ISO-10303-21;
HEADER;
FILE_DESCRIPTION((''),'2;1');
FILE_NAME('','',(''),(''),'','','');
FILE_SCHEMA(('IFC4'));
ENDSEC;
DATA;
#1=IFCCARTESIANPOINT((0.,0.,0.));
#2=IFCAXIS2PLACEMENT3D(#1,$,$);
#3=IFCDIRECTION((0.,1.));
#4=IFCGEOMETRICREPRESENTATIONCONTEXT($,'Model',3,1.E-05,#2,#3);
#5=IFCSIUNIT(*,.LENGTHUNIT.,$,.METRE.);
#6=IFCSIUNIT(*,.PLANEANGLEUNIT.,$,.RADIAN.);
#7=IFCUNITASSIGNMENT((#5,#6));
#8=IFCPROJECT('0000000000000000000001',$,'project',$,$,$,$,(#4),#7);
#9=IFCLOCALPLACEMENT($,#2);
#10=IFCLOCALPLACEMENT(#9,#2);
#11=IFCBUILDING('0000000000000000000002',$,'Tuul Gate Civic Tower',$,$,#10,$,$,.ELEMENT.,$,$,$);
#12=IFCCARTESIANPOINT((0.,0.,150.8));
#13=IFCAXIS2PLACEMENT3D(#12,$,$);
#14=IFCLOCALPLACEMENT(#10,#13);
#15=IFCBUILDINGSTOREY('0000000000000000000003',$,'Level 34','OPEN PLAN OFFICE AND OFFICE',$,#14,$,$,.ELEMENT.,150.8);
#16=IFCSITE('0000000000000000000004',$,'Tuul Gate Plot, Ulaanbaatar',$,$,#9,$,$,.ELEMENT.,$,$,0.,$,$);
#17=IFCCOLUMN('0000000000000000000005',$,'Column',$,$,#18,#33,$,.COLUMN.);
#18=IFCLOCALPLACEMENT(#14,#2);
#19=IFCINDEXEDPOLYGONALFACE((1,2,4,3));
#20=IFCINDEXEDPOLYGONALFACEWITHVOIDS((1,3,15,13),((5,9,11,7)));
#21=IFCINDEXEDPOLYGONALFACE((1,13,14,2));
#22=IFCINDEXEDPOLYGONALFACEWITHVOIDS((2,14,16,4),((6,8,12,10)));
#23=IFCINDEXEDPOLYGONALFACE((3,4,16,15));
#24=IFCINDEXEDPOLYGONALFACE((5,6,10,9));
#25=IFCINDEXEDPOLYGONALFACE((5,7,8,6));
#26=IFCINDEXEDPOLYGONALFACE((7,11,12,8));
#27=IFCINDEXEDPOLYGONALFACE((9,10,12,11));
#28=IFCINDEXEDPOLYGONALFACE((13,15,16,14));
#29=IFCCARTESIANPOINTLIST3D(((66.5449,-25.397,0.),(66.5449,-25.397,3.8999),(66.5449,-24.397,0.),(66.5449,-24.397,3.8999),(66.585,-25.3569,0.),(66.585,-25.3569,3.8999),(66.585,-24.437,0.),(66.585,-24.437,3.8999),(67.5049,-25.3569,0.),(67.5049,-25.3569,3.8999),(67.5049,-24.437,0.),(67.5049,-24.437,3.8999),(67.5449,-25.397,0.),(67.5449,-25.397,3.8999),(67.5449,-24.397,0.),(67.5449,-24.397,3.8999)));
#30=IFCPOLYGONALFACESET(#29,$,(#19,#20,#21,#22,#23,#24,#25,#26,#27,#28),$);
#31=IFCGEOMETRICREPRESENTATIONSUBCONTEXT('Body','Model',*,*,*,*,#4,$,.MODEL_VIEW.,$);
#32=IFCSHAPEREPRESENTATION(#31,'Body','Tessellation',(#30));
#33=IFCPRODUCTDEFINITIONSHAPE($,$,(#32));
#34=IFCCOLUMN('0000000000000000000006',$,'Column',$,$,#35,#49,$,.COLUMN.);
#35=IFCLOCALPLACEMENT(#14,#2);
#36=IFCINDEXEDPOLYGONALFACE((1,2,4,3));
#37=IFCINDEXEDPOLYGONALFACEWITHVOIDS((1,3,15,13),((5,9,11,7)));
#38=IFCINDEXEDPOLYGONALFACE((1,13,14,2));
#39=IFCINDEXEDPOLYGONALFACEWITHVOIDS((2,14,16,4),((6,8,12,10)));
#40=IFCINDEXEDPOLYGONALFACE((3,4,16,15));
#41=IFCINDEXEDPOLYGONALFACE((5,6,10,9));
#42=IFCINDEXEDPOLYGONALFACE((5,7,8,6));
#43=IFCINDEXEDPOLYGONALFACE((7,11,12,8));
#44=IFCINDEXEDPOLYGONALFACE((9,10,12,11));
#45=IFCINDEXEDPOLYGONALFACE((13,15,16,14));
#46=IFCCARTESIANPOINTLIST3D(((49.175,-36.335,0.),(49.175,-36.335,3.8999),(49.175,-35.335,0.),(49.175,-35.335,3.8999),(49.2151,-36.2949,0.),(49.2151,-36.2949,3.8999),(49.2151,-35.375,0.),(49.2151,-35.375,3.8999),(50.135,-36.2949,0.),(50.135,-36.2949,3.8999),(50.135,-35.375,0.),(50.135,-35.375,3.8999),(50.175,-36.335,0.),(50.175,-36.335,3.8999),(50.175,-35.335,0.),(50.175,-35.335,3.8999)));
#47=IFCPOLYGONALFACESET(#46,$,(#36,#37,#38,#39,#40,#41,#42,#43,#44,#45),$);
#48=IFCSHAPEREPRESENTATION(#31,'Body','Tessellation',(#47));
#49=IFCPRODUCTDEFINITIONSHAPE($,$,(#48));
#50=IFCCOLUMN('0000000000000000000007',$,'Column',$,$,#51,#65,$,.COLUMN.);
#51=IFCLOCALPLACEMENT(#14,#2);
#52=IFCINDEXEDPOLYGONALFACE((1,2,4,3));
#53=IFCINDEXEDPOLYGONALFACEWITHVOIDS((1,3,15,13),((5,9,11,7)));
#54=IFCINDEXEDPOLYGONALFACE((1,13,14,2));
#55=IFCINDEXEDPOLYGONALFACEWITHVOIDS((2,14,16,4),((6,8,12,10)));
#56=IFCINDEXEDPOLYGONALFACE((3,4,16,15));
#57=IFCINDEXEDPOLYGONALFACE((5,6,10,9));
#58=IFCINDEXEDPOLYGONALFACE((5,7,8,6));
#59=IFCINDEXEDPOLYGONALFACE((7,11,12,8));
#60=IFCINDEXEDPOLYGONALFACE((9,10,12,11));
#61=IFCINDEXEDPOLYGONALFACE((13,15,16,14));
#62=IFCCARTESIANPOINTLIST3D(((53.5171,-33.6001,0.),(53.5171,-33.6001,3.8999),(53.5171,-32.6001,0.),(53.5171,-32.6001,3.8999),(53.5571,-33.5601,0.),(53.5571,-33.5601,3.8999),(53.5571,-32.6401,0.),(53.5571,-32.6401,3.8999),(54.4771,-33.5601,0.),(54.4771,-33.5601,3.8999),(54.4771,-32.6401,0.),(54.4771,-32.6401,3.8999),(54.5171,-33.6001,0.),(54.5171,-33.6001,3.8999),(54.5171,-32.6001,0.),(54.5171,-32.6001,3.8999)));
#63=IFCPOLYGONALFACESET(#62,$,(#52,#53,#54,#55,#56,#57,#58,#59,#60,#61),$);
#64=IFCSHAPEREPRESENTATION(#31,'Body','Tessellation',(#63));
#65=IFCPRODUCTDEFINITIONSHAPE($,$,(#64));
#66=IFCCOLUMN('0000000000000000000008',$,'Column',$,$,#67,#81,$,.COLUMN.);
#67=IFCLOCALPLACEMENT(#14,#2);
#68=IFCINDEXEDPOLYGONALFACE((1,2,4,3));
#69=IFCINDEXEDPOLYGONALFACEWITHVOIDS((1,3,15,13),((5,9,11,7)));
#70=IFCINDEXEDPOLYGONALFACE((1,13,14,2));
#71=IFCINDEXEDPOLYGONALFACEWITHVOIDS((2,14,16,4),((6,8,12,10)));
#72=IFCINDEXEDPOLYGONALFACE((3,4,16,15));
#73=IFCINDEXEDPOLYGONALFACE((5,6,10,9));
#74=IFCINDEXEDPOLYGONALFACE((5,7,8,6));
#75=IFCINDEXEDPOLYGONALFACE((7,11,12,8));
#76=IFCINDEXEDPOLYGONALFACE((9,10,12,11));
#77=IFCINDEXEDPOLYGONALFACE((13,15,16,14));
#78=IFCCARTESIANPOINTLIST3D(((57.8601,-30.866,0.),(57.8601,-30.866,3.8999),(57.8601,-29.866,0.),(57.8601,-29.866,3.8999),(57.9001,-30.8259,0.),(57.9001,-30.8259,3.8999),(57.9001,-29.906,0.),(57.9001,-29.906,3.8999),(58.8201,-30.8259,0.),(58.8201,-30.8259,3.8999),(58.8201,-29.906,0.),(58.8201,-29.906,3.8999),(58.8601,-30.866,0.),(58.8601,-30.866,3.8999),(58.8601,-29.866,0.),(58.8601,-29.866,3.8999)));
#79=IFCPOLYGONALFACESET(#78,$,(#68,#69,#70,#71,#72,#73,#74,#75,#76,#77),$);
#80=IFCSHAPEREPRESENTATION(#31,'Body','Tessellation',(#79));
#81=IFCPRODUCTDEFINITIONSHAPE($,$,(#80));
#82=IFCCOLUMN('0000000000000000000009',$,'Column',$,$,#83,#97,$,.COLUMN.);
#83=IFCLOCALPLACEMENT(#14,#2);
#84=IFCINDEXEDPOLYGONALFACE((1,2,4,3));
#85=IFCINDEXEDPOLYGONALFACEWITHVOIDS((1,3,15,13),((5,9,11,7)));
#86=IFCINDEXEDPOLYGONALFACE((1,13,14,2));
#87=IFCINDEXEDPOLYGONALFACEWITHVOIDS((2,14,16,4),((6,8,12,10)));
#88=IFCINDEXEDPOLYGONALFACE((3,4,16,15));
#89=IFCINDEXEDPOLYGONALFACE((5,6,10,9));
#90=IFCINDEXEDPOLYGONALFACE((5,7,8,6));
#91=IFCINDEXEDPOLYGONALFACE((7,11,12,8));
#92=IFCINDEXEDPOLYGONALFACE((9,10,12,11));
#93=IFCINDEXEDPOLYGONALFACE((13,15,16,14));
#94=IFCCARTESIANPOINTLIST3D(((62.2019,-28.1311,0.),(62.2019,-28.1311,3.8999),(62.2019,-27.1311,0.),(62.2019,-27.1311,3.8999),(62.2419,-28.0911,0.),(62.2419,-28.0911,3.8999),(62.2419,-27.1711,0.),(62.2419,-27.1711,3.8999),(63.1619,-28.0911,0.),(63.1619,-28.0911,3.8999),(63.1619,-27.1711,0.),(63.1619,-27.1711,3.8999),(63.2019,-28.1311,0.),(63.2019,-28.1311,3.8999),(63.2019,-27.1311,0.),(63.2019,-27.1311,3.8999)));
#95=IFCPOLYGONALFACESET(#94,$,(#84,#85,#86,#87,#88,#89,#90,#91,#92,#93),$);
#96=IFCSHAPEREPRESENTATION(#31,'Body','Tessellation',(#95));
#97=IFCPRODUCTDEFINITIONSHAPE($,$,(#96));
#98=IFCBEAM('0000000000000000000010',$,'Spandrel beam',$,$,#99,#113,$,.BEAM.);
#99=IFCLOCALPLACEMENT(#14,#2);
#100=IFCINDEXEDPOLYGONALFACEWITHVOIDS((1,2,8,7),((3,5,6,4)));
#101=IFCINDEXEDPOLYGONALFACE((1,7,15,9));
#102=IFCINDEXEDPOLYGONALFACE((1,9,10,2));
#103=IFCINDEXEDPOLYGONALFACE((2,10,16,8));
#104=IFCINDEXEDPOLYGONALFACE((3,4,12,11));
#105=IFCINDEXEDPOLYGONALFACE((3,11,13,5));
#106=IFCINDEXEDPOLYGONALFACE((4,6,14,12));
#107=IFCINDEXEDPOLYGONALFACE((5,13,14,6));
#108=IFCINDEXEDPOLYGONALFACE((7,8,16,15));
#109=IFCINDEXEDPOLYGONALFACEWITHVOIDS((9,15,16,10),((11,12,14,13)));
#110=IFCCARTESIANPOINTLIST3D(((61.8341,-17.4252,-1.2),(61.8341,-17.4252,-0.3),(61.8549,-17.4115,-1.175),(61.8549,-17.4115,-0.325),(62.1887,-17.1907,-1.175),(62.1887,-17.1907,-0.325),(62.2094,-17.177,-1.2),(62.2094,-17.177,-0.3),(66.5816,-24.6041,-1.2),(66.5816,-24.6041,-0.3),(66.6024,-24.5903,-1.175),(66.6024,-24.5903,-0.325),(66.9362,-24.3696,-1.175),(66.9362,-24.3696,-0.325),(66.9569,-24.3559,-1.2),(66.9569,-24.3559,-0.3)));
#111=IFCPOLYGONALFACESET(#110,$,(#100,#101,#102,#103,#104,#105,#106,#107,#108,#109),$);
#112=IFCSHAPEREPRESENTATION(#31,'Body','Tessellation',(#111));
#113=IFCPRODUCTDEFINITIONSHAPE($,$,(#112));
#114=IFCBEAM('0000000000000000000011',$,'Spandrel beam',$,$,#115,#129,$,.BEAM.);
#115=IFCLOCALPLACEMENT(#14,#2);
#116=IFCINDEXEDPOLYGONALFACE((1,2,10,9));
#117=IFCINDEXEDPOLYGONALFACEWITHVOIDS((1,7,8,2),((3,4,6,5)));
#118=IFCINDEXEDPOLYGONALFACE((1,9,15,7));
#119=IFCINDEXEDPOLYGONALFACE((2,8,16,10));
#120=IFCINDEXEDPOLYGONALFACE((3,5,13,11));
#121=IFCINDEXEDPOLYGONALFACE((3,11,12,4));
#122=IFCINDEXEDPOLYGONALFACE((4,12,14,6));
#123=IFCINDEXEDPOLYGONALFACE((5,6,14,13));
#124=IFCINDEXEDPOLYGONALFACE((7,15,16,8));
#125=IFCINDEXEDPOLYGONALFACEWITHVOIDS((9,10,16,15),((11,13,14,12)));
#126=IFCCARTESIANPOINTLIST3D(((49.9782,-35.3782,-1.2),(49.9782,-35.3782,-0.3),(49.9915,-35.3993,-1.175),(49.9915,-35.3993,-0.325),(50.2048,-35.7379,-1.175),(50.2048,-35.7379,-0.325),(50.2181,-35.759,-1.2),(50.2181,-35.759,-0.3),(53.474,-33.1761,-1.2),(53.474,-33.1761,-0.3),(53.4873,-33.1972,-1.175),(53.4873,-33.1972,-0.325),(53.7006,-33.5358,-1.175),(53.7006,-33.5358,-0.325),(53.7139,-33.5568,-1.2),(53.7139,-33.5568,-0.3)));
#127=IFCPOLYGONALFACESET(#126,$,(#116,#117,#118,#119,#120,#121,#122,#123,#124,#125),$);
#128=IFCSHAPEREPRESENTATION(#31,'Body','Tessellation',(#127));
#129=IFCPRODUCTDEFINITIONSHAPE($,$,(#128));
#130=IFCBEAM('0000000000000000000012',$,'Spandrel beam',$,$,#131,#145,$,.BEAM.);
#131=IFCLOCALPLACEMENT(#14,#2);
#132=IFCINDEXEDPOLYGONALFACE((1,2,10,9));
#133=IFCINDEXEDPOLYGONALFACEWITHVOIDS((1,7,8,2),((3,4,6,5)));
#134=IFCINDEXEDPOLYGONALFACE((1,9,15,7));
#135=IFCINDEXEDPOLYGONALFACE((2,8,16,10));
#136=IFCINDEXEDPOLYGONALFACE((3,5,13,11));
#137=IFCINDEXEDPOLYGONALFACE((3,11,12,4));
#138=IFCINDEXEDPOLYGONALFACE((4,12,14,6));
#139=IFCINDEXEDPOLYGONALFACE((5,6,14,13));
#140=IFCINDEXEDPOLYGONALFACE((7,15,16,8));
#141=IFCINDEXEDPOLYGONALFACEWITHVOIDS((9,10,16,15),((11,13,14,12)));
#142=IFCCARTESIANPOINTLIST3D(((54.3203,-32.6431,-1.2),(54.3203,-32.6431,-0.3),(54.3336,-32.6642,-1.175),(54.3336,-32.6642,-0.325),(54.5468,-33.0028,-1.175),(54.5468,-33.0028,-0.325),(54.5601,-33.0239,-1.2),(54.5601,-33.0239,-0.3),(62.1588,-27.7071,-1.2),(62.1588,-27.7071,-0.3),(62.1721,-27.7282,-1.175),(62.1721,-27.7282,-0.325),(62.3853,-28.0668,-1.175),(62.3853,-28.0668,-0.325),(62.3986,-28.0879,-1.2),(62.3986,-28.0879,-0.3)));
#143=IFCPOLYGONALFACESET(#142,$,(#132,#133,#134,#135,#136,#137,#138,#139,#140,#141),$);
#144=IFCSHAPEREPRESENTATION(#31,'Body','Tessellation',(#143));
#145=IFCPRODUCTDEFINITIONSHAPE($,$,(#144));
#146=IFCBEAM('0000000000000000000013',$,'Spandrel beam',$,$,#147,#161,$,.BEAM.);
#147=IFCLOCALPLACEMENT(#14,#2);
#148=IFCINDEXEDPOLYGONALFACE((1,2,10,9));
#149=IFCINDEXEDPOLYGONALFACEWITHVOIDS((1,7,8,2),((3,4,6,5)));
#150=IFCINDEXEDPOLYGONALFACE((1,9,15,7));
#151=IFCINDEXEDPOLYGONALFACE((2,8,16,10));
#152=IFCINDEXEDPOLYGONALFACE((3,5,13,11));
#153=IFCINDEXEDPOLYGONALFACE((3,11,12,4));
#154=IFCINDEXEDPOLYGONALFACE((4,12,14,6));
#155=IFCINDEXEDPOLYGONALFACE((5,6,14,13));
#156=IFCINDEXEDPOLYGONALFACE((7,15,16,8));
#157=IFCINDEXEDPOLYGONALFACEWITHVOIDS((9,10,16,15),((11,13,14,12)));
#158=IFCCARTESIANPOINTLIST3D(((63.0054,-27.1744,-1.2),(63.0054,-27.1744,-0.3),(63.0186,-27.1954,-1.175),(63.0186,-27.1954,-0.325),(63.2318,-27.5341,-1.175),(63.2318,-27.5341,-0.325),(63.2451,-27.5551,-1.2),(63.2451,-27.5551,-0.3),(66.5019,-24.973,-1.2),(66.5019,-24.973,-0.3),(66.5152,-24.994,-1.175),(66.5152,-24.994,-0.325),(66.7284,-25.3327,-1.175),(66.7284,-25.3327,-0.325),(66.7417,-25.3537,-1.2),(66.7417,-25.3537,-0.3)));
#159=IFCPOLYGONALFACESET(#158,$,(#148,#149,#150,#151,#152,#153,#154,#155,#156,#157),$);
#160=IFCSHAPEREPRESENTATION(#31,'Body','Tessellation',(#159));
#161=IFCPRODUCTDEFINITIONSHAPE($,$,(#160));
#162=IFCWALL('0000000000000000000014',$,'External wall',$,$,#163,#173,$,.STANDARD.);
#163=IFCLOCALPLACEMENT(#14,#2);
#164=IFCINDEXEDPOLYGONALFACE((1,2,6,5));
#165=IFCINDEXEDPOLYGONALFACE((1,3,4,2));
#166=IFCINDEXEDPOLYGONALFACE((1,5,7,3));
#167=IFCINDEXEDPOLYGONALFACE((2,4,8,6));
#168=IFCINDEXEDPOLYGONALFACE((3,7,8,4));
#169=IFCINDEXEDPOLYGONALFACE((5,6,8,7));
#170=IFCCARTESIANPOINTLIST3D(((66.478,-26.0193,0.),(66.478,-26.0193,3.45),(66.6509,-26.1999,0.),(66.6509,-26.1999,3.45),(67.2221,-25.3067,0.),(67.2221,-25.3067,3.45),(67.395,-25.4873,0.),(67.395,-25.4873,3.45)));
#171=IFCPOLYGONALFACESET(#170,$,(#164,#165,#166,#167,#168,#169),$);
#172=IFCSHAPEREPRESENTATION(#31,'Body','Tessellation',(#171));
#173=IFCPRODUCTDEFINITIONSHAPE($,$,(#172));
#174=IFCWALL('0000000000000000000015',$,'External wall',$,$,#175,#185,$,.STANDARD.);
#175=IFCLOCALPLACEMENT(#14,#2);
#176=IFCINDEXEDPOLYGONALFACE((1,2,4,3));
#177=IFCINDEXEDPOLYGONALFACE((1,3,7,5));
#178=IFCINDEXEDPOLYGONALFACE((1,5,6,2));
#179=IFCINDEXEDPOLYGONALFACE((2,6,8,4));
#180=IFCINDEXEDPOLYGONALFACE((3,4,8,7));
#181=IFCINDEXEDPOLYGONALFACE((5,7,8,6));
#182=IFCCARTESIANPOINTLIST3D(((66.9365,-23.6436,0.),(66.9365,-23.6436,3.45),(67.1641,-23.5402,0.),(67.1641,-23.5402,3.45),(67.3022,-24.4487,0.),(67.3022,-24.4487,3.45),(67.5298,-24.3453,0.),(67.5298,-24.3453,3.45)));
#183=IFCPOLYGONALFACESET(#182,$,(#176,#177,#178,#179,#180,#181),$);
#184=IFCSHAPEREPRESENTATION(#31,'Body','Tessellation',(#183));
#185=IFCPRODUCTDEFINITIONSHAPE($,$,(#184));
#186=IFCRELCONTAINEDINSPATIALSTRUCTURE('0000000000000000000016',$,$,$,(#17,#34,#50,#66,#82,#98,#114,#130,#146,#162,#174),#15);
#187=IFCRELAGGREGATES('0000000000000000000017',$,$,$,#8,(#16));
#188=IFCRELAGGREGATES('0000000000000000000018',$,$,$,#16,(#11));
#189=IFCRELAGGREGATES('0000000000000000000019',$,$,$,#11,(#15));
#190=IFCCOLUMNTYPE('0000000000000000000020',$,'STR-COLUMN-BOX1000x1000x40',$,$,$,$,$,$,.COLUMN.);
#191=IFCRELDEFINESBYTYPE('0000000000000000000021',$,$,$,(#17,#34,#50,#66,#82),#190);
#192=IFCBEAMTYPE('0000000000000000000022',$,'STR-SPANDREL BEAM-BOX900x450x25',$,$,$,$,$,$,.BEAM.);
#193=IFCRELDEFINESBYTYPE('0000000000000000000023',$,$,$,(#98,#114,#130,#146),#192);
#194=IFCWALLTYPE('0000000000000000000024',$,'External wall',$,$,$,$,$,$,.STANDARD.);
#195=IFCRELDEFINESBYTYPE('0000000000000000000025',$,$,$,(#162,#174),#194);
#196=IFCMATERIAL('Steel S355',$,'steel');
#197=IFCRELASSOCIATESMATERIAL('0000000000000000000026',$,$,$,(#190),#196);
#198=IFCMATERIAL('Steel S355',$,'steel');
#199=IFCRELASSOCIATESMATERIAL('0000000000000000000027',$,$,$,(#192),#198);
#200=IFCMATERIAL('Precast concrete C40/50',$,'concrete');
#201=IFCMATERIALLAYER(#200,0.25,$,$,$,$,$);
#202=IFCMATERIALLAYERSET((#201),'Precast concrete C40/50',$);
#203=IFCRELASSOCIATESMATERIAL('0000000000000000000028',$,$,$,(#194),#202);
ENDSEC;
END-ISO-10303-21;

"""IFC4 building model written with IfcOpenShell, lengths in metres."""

from ifc_helpers import new_model, si_unit, direction, frame, frame_2d, origin, origin_2d, place, context, subcontext, project, spatial, rectangle, hollow_rectangle, extrude, material, layer, layer_set, material_profile, profile_set, type_object, element, save


model = new_model("IFC4")

# Units and contexts
model_context = context("Model", 3, precision=1e-05, world=origin(), true_north=direction((0.0, 1.0)))
body_context = subcontext(model_context, "Body", "Model", "MODEL_VIEW")
ifc_project = project(units=[si_unit("LENGTHUNIT", "METRE"), si_unit("PLANEANGLEUNIT", "RADIAN")], contexts=[model_context])

# Site, building, storey
site_placement = place(None, origin())
site = spatial("IfcSite", under=ifc_project, at=site_placement, Name="Tuul Gate Plot, Ulaanbaatar", CompositionType="ELEMENT", RefElevation=0.0)
building_placement = place(site_placement, origin())
building = spatial("IfcBuilding", under=site, at=building_placement, Name="Tuul Gate Civic Tower", CompositionType="ELEMENT")
storey_placement = place(building_placement, frame((0.0, 0.0, 150.8)))
storey = spatial("IfcBuildingStorey", under=building, at=storey_placement, Name="Level 34", Description="OPEN PLAN OFFICE AND OFFICE", CompositionType="ELEMENT", Elevation=150.8)

# Columns
ifc_material_1 = material(Name="Steel S355", Category="steel")
ifc_material_profile_1 = material_profile(ifc_material_1, hollow_rectangle(XDim=1.0, YDim=1.0, WallThickness=0.04, at=origin_2d()), Name="BOX1000x1000x40")
ifc_profile_set_1 = profile_set([ifc_material_profile_1], Name="Steel S355")
column_type = type_object("IfcColumnType", Name="STR-COLUMN-BOX1000x1000x40", PredefinedType="COLUMN", material=ifc_profile_set_1)
for number, where, z_axis, x_axis, name in (
    (1, (67.0449, -24.897, 0.0), (0.0, 0.0, 1.0), (1.0, 0.0, 0.0), "Column"),
    (2, (49.675, -35.835, 0.0), (0.0, 0.0, 1.0), (1.0, 0.0, 0.0), "Column"),
    (3, (54.0171, -33.1001, 0.0), (0.0, 0.0, 1.0), (1.0, 0.0, 0.0), "Column"),
    (4, (58.3601, -30.366, 0.0), (0.0, 0.0, 1.0), (1.0, 0.0, 0.0), "Column"),
    (5, (62.7019, -27.6311, 0.0), (0.0, 0.0, 1.0), (1.0, 0.0, 0.0), "Column"),
):
    element("IfcColumn", number, at=place(storey_placement, frame(where, z_axis=z_axis, x_axis=x_axis)), inside=storey, type_object=column_type, Name=name, PredefinedType="COLUMN", context=body_context, shape_type="SweptSolid", body=[
        extrude(hollow_rectangle(XDim=1.0, YDim=1.0, WallThickness=0.04, at=origin_2d()), origin(), (0.0, 0.0, 1.0), 3.8999),
    ])

# Beams
ifc_material_2 = material(Name="Steel S355", Category="steel")
ifc_material_profile_2 = material_profile(ifc_material_2, hollow_rectangle(XDim=0.45, YDim=0.8999, WallThickness=0.0249, at=origin_2d()), Name="BOX900x450x25")
ifc_profile_set_2 = profile_set([ifc_material_profile_2], Name="Steel S355")
beam_type = type_object("IfcBeamType", Name="STR-SPANDREL BEAM-BOX900x450x25", PredefinedType="BEAM", material=ifc_profile_set_2)
beam_1_placement = place(storey_placement, frame((66.7693, -24.48, -0.75), z_axis=(-0.551607, 0.834104, 0.0), x_axis=(-0.834104, -0.551607, 0.0)))
element("IfcBeam", 6, at=beam_1_placement, inside=storey, type_object=beam_type, Name="Spandrel beam", PredefinedType="BEAM", context=body_context, shape_type="SweptSolid", body=[
    extrude(hollow_rectangle(XDim=0.45, YDim=0.8999, WallThickness=0.0249, at=origin_2d()), origin(), (0.0, 0.0, 1.0), 8.6067),
])
beam_2_placement = place(storey_placement, frame((50.0981, -35.5686, -0.75), z_axis=(0.846117, 0.532997, 0.0), x_axis=(-0.532997, 0.846117, 0.0)))
element("IfcBeam", 7, at=beam_2_placement, inside=storey, type_object=beam_type, Name="Spandrel beam", PredefinedType="BEAM", context=body_context, shape_type="SweptSolid", body=[
    extrude(hollow_rectangle(XDim=0.45, YDim=0.8999, WallThickness=0.0249, at=origin_2d()), origin(), (0.0, 0.0, 1.0), 4.1316),
])
beam_3_placement = place(storey_placement, frame((54.4402, -32.8335, -0.75), z_axis=(0.846203, 0.53286, 0.0), x_axis=(-0.53286, 0.846203, 0.0)))
element("IfcBeam", 8, at=beam_3_placement, inside=storey, type_object=beam_type, Name="Spandrel beam", PredefinedType="BEAM", context=body_context, shape_type="SweptSolid", body=[
    extrude(hollow_rectangle(XDim=0.45, YDim=0.8999, WallThickness=0.0249, at=origin_2d()), origin(), (0.0, 0.0, 1.0), 9.2632),
])
beam_4_placement = place(storey_placement, frame((63.1252, -27.3647, -0.75), z_axis=(0.846248, 0.53279, 0.0), x_axis=(-0.53279, 0.846248, 0.0)))
element("IfcBeam", 9, at=beam_4_placement, inside=storey, type_object=beam_type, Name="Spandrel beam", PredefinedType="BEAM", context=body_context, shape_type="SweptSolid", body=[
    extrude(hollow_rectangle(XDim=0.45, YDim=0.8999, WallThickness=0.0249, at=origin_2d()), origin(), (0.0, 0.0, 1.0), 4.1318),
])

# Walls
ifc_material_3 = material(Name="Precast concrete C40/50", Category="concrete")
ifc_layer = layer(ifc_material_3, 0.25)
ifc_layer_set = layer_set([ifc_layer], Name="Precast concrete C40/50")
wall_type = type_object("IfcWallType", Name="External wall", PredefinedType="STANDARD", material=ifc_layer_set)
wall_1_placement = place(storey_placement, frame((66.5645, -26.1096, 0.0), z_axis=(0.0, 0.0, 1.0), x_axis=(0.722225, 0.691658, 0.0)))
element("IfcWall", 10, at=wall_1_placement, inside=storey, type_object=wall_type, Name="External wall", PredefinedType="STANDARD", context=body_context, shape_type="SweptSolid", body=[
    extrude(rectangle(XDim=1.0303, YDim=0.25, at=frame_2d((0.5151, 0.0))), origin(), (0.0, 0.0, 1.0), 3.45),
])
wall_2_placement = place(storey_placement, frame((67.416, -24.397, 0.0), z_axis=(0.0, 0.0, 1.0), x_axis=(-0.413553, 0.91048, 0.0)))
element("IfcWall", 11, at=wall_2_placement, inside=storey, type_object=wall_type, Name="External wall", PredefinedType="STANDARD", context=body_context, shape_type="SweptSolid", body=[
    extrude(rectangle(XDim=0.8843, YDim=0.25, at=frame_2d((0.4421, 0.0))), origin(), (0.0, 0.0, 1.0), 3.45),
])

save(model, "model.ifc")
